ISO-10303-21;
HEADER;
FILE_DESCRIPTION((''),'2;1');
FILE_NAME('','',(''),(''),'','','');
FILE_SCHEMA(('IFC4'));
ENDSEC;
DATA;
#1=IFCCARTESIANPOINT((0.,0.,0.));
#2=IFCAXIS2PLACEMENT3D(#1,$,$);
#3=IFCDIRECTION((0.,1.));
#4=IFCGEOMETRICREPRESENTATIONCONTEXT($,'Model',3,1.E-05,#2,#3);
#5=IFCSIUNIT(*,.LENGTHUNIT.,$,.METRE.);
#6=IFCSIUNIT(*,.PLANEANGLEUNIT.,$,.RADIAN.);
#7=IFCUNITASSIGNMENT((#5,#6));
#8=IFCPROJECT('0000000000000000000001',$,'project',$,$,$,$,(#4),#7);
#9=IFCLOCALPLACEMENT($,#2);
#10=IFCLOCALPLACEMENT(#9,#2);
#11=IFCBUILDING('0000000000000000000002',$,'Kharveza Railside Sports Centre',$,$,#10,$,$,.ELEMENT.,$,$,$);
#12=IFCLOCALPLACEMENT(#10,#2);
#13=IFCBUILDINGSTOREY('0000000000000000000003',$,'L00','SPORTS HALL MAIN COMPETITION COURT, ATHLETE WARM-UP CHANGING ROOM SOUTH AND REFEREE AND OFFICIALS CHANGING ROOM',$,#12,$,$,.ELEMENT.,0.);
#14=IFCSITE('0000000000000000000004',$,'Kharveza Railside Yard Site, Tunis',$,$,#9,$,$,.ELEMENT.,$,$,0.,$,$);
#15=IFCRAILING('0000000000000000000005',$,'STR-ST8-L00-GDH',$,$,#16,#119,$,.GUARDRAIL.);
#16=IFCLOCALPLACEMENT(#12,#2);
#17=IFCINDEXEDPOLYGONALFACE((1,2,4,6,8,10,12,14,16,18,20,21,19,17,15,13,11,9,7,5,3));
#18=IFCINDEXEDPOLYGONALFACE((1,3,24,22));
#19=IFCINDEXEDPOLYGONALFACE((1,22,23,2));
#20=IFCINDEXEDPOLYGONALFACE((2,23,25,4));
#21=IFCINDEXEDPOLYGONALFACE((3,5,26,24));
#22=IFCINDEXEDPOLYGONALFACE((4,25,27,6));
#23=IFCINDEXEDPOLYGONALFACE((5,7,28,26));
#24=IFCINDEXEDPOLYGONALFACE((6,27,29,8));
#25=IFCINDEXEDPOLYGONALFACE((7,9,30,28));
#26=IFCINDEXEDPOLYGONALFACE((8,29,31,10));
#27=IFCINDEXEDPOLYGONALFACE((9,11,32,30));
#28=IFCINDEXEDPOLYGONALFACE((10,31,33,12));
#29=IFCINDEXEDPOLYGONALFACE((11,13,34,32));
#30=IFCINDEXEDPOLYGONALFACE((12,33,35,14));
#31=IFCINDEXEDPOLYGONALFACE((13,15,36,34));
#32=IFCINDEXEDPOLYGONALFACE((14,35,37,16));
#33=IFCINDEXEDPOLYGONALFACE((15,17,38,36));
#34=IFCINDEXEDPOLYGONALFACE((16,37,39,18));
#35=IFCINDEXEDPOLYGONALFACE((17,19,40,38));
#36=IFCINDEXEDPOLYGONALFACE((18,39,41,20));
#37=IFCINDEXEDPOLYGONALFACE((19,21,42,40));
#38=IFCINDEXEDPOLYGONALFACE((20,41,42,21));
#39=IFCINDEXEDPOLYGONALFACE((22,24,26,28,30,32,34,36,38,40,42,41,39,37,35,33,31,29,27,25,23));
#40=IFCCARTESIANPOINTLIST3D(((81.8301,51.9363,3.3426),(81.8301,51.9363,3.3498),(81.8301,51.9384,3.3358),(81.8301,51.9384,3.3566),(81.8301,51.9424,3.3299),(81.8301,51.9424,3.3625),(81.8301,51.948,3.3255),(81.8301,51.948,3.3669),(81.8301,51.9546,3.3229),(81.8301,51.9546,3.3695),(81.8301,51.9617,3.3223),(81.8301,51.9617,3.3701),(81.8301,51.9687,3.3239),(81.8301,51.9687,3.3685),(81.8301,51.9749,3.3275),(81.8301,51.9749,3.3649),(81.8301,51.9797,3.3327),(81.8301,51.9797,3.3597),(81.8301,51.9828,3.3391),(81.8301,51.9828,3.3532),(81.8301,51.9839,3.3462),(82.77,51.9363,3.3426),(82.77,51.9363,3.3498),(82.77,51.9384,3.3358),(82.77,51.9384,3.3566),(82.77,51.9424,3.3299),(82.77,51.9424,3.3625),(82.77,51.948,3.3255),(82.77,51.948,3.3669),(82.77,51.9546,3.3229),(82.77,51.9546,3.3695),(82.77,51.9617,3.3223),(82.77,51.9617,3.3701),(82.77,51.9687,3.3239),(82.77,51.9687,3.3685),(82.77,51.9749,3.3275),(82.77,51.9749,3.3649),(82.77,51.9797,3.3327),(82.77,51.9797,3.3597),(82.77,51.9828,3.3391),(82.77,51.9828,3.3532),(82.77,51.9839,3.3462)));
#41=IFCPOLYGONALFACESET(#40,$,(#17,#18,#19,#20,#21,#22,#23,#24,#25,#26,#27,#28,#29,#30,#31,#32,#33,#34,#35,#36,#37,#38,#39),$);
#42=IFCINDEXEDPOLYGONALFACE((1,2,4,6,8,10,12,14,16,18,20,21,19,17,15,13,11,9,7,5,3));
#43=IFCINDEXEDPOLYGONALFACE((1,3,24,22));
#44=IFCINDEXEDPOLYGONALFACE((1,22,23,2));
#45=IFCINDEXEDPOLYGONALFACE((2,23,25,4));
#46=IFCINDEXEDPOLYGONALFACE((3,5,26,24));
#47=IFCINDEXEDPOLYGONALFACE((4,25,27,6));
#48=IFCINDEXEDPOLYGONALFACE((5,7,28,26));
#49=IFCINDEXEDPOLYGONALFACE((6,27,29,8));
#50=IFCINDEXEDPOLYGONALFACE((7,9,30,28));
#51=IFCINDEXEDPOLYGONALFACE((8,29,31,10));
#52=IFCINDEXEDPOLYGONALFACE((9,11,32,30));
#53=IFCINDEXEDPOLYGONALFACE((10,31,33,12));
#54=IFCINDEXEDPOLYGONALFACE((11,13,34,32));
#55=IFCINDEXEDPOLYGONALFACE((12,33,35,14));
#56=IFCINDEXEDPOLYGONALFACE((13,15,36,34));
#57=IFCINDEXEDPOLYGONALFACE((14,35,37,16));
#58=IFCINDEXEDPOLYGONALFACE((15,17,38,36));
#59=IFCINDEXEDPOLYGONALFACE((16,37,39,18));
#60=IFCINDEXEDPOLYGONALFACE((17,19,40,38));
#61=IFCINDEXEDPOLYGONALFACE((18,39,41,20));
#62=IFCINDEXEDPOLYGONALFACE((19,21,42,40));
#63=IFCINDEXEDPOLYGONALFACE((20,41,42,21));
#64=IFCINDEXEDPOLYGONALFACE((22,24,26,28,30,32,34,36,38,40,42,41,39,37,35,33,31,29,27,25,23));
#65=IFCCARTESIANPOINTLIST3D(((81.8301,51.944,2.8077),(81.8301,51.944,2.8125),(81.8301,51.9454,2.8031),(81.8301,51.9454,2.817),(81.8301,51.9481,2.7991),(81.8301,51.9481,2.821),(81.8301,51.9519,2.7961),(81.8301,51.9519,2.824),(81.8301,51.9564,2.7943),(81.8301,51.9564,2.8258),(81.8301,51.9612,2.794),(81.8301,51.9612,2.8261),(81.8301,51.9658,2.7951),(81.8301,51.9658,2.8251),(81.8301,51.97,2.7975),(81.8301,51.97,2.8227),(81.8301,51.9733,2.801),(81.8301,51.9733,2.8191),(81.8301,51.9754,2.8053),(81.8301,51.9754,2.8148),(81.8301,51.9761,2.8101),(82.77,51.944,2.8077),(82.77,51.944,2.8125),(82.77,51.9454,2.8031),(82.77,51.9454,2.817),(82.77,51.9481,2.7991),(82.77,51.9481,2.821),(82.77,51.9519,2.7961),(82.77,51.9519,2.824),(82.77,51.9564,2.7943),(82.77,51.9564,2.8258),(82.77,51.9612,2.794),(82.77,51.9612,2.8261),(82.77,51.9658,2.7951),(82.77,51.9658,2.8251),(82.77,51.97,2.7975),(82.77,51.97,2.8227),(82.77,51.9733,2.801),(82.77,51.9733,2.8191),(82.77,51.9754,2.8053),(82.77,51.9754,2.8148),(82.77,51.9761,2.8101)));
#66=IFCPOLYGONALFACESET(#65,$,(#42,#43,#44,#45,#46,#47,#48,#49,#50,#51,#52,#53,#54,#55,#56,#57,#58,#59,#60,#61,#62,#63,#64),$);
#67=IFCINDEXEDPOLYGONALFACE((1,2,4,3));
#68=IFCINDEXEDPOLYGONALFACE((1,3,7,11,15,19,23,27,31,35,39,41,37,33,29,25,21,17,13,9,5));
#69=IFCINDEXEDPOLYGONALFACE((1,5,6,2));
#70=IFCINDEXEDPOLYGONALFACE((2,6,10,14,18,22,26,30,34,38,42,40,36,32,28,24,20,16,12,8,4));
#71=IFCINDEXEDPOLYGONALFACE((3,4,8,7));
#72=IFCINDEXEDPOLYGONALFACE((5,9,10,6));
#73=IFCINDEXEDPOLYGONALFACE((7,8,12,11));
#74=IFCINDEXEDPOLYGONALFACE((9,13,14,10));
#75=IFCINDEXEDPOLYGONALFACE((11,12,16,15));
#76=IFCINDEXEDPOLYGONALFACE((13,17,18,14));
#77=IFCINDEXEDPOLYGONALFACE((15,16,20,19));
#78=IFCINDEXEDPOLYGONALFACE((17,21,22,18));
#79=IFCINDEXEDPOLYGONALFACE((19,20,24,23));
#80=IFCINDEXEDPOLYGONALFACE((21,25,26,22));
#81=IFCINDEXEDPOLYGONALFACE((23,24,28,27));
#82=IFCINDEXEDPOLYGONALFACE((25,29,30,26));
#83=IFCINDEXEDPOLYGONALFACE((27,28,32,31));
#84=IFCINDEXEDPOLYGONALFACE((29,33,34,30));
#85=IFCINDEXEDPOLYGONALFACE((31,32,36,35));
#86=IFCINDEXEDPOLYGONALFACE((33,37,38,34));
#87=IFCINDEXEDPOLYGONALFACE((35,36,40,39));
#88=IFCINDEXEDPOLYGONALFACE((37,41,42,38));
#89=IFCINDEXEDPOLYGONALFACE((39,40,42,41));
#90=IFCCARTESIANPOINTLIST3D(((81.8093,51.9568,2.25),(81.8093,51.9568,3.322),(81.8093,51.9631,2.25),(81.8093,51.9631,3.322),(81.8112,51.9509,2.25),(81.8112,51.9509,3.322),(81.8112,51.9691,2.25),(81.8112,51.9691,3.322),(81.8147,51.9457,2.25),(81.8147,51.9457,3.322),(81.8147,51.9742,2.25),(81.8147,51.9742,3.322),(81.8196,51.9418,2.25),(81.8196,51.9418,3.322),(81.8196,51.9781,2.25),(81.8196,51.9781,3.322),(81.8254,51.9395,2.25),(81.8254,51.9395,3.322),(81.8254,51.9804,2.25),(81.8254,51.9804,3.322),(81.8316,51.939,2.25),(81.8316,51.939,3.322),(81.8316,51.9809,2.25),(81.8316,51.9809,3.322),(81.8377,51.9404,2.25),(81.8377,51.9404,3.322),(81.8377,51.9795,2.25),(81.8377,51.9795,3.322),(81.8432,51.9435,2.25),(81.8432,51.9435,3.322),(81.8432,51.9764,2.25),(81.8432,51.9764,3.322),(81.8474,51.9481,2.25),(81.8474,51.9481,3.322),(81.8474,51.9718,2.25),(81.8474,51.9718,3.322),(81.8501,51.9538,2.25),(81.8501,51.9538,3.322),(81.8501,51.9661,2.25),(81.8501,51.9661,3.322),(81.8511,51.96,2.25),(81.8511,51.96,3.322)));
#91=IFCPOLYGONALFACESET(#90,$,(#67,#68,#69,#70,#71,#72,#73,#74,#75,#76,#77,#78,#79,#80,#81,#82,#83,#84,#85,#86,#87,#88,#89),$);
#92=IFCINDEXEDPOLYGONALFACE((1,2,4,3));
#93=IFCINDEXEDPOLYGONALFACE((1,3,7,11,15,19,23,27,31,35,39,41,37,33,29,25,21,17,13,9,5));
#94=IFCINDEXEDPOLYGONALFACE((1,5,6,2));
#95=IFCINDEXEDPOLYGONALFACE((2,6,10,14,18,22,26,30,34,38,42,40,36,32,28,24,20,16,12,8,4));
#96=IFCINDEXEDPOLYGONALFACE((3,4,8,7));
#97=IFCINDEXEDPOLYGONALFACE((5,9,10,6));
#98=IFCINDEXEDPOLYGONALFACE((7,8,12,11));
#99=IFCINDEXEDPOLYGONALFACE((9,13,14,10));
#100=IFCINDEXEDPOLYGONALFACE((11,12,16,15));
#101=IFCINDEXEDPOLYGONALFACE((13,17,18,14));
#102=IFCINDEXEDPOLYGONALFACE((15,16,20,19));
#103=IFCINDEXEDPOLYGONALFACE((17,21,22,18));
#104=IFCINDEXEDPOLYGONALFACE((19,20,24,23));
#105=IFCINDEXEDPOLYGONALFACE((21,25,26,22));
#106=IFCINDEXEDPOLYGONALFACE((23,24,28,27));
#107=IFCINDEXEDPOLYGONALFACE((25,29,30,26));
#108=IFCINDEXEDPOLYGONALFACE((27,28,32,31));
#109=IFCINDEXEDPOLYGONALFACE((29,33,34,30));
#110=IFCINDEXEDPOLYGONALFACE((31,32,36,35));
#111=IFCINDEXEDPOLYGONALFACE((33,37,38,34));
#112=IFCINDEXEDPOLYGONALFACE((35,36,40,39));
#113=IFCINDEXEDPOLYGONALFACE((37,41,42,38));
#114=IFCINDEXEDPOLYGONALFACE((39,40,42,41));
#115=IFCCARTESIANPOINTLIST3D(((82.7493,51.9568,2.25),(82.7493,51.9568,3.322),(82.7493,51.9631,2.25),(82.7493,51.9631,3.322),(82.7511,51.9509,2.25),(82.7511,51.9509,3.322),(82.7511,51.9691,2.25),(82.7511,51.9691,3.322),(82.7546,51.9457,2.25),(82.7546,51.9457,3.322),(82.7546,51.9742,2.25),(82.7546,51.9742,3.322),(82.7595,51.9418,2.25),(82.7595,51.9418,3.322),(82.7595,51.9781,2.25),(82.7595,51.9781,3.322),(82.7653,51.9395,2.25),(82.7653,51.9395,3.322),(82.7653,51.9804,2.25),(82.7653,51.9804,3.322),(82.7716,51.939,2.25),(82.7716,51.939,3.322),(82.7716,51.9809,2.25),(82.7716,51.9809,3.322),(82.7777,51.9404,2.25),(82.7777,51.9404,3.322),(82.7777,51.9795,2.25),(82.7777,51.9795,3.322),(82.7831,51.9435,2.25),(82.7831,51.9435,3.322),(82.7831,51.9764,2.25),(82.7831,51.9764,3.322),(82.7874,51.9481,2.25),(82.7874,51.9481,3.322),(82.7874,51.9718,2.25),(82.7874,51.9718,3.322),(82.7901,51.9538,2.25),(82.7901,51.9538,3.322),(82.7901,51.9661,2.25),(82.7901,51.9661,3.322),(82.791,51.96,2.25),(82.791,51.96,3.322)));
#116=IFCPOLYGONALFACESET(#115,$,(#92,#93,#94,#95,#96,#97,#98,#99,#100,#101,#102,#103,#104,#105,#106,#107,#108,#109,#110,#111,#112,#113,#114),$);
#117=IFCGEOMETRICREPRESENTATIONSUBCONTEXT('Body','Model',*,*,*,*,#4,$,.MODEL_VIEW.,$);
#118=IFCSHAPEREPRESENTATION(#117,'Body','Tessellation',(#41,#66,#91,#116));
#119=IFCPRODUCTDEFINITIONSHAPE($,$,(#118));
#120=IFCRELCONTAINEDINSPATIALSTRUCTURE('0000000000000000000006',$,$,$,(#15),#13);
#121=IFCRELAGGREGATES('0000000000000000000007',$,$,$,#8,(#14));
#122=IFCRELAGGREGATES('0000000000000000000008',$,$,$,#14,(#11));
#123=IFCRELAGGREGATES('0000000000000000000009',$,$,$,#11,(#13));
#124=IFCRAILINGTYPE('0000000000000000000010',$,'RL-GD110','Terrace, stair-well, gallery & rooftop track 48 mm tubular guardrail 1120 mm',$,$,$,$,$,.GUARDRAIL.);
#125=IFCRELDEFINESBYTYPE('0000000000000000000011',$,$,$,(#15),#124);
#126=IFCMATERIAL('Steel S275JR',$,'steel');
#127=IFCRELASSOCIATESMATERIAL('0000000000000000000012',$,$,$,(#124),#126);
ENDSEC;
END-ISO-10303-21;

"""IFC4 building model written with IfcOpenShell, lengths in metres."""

from ifc_helpers import new_model, si_unit, direction, frame, origin, origin_2d, place, context, subcontext, project, spatial, circle, extrude, material, type_object, element, save


model = new_model("IFC4")

# Units and contexts
model_context = context("Model", 3, precision=1e-05, world=origin(), true_north=direction((0.0, 1.0)))
body_context = subcontext(model_context, "Body", "Model", "MODEL_VIEW")
ifc_project = project(units=[si_unit("LENGTHUNIT", "METRE"), si_unit("PLANEANGLEUNIT", "RADIAN")], contexts=[model_context])

# Site, building, storey
site_placement = place(None, origin())
site = spatial("IfcSite", under=ifc_project, at=site_placement, Name="Kharveza Railside Yard Site, Tunis", CompositionType="ELEMENT", RefElevation=0.0)
building_placement = place(site_placement, origin())
building = spatial("IfcBuilding", under=site, at=building_placement, Name="Kharveza Railside Sports Centre", CompositionType="ELEMENT")
storey_placement = place(building_placement, origin())
storey = spatial("IfcBuildingStorey", under=building, at=storey_placement, Name="L00", Description="SPORTS HALL MAIN COMPETITION COURT, ATHLETE WARM-UP CHANGING ROOM SOUTH AND REFEREE AND OFFICIALS CHANGING ROOM", CompositionType="ELEMENT", Elevation=0.0)

# Railing
ifc_material_1 = material(Name="Steel S275JR", Category="steel")
railing_type = type_object("IfcRailingType", Name="RL-GD110", Description="Terrace, stair-well, gallery & rooftop track 48 mm tubular guardrail 1120 mm", PredefinedType="GUARDRAIL", material=ifc_material_1)
railing_placement = place(storey_placement, frame((81.8301, 51.96, 2.25)))
element("IfcRailing", 1, at=railing_placement, inside=storey, type_object=railing_type, Name="STR-ST8-L00-GDH", PredefinedType="GUARDRAIL", context=body_context, shape_type="SweptSolid", body=[
    extrude(circle(Radius=0.0239, at=origin_2d()), frame((0.0, 0.0, 1.0962), z_axis=(1.0, 0.0, 0.0), x_axis=(0.0, 1.0, 0.0)), (0.0, 0.0, 1.0), 0.9399),
    extrude(circle(Radius=0.0161, at=origin_2d()), frame((0.0, 0.0, 0.5601), z_axis=(1.0, 0.0, 0.0), x_axis=(0.0, 1.0, 0.0)), (0.0, 0.0, 1.0), 0.9399),
    extrude(circle(Radius=0.021, at=origin_2d()), origin(), (0.0, 0.0, 1.0), 1.072),
    extrude(circle(Radius=0.021, at=origin_2d()), frame((0.9399, 0.0, 0.0)), (0.0, 0.0, 1.0), 1.072),
])

save(model, "model.ifc")
